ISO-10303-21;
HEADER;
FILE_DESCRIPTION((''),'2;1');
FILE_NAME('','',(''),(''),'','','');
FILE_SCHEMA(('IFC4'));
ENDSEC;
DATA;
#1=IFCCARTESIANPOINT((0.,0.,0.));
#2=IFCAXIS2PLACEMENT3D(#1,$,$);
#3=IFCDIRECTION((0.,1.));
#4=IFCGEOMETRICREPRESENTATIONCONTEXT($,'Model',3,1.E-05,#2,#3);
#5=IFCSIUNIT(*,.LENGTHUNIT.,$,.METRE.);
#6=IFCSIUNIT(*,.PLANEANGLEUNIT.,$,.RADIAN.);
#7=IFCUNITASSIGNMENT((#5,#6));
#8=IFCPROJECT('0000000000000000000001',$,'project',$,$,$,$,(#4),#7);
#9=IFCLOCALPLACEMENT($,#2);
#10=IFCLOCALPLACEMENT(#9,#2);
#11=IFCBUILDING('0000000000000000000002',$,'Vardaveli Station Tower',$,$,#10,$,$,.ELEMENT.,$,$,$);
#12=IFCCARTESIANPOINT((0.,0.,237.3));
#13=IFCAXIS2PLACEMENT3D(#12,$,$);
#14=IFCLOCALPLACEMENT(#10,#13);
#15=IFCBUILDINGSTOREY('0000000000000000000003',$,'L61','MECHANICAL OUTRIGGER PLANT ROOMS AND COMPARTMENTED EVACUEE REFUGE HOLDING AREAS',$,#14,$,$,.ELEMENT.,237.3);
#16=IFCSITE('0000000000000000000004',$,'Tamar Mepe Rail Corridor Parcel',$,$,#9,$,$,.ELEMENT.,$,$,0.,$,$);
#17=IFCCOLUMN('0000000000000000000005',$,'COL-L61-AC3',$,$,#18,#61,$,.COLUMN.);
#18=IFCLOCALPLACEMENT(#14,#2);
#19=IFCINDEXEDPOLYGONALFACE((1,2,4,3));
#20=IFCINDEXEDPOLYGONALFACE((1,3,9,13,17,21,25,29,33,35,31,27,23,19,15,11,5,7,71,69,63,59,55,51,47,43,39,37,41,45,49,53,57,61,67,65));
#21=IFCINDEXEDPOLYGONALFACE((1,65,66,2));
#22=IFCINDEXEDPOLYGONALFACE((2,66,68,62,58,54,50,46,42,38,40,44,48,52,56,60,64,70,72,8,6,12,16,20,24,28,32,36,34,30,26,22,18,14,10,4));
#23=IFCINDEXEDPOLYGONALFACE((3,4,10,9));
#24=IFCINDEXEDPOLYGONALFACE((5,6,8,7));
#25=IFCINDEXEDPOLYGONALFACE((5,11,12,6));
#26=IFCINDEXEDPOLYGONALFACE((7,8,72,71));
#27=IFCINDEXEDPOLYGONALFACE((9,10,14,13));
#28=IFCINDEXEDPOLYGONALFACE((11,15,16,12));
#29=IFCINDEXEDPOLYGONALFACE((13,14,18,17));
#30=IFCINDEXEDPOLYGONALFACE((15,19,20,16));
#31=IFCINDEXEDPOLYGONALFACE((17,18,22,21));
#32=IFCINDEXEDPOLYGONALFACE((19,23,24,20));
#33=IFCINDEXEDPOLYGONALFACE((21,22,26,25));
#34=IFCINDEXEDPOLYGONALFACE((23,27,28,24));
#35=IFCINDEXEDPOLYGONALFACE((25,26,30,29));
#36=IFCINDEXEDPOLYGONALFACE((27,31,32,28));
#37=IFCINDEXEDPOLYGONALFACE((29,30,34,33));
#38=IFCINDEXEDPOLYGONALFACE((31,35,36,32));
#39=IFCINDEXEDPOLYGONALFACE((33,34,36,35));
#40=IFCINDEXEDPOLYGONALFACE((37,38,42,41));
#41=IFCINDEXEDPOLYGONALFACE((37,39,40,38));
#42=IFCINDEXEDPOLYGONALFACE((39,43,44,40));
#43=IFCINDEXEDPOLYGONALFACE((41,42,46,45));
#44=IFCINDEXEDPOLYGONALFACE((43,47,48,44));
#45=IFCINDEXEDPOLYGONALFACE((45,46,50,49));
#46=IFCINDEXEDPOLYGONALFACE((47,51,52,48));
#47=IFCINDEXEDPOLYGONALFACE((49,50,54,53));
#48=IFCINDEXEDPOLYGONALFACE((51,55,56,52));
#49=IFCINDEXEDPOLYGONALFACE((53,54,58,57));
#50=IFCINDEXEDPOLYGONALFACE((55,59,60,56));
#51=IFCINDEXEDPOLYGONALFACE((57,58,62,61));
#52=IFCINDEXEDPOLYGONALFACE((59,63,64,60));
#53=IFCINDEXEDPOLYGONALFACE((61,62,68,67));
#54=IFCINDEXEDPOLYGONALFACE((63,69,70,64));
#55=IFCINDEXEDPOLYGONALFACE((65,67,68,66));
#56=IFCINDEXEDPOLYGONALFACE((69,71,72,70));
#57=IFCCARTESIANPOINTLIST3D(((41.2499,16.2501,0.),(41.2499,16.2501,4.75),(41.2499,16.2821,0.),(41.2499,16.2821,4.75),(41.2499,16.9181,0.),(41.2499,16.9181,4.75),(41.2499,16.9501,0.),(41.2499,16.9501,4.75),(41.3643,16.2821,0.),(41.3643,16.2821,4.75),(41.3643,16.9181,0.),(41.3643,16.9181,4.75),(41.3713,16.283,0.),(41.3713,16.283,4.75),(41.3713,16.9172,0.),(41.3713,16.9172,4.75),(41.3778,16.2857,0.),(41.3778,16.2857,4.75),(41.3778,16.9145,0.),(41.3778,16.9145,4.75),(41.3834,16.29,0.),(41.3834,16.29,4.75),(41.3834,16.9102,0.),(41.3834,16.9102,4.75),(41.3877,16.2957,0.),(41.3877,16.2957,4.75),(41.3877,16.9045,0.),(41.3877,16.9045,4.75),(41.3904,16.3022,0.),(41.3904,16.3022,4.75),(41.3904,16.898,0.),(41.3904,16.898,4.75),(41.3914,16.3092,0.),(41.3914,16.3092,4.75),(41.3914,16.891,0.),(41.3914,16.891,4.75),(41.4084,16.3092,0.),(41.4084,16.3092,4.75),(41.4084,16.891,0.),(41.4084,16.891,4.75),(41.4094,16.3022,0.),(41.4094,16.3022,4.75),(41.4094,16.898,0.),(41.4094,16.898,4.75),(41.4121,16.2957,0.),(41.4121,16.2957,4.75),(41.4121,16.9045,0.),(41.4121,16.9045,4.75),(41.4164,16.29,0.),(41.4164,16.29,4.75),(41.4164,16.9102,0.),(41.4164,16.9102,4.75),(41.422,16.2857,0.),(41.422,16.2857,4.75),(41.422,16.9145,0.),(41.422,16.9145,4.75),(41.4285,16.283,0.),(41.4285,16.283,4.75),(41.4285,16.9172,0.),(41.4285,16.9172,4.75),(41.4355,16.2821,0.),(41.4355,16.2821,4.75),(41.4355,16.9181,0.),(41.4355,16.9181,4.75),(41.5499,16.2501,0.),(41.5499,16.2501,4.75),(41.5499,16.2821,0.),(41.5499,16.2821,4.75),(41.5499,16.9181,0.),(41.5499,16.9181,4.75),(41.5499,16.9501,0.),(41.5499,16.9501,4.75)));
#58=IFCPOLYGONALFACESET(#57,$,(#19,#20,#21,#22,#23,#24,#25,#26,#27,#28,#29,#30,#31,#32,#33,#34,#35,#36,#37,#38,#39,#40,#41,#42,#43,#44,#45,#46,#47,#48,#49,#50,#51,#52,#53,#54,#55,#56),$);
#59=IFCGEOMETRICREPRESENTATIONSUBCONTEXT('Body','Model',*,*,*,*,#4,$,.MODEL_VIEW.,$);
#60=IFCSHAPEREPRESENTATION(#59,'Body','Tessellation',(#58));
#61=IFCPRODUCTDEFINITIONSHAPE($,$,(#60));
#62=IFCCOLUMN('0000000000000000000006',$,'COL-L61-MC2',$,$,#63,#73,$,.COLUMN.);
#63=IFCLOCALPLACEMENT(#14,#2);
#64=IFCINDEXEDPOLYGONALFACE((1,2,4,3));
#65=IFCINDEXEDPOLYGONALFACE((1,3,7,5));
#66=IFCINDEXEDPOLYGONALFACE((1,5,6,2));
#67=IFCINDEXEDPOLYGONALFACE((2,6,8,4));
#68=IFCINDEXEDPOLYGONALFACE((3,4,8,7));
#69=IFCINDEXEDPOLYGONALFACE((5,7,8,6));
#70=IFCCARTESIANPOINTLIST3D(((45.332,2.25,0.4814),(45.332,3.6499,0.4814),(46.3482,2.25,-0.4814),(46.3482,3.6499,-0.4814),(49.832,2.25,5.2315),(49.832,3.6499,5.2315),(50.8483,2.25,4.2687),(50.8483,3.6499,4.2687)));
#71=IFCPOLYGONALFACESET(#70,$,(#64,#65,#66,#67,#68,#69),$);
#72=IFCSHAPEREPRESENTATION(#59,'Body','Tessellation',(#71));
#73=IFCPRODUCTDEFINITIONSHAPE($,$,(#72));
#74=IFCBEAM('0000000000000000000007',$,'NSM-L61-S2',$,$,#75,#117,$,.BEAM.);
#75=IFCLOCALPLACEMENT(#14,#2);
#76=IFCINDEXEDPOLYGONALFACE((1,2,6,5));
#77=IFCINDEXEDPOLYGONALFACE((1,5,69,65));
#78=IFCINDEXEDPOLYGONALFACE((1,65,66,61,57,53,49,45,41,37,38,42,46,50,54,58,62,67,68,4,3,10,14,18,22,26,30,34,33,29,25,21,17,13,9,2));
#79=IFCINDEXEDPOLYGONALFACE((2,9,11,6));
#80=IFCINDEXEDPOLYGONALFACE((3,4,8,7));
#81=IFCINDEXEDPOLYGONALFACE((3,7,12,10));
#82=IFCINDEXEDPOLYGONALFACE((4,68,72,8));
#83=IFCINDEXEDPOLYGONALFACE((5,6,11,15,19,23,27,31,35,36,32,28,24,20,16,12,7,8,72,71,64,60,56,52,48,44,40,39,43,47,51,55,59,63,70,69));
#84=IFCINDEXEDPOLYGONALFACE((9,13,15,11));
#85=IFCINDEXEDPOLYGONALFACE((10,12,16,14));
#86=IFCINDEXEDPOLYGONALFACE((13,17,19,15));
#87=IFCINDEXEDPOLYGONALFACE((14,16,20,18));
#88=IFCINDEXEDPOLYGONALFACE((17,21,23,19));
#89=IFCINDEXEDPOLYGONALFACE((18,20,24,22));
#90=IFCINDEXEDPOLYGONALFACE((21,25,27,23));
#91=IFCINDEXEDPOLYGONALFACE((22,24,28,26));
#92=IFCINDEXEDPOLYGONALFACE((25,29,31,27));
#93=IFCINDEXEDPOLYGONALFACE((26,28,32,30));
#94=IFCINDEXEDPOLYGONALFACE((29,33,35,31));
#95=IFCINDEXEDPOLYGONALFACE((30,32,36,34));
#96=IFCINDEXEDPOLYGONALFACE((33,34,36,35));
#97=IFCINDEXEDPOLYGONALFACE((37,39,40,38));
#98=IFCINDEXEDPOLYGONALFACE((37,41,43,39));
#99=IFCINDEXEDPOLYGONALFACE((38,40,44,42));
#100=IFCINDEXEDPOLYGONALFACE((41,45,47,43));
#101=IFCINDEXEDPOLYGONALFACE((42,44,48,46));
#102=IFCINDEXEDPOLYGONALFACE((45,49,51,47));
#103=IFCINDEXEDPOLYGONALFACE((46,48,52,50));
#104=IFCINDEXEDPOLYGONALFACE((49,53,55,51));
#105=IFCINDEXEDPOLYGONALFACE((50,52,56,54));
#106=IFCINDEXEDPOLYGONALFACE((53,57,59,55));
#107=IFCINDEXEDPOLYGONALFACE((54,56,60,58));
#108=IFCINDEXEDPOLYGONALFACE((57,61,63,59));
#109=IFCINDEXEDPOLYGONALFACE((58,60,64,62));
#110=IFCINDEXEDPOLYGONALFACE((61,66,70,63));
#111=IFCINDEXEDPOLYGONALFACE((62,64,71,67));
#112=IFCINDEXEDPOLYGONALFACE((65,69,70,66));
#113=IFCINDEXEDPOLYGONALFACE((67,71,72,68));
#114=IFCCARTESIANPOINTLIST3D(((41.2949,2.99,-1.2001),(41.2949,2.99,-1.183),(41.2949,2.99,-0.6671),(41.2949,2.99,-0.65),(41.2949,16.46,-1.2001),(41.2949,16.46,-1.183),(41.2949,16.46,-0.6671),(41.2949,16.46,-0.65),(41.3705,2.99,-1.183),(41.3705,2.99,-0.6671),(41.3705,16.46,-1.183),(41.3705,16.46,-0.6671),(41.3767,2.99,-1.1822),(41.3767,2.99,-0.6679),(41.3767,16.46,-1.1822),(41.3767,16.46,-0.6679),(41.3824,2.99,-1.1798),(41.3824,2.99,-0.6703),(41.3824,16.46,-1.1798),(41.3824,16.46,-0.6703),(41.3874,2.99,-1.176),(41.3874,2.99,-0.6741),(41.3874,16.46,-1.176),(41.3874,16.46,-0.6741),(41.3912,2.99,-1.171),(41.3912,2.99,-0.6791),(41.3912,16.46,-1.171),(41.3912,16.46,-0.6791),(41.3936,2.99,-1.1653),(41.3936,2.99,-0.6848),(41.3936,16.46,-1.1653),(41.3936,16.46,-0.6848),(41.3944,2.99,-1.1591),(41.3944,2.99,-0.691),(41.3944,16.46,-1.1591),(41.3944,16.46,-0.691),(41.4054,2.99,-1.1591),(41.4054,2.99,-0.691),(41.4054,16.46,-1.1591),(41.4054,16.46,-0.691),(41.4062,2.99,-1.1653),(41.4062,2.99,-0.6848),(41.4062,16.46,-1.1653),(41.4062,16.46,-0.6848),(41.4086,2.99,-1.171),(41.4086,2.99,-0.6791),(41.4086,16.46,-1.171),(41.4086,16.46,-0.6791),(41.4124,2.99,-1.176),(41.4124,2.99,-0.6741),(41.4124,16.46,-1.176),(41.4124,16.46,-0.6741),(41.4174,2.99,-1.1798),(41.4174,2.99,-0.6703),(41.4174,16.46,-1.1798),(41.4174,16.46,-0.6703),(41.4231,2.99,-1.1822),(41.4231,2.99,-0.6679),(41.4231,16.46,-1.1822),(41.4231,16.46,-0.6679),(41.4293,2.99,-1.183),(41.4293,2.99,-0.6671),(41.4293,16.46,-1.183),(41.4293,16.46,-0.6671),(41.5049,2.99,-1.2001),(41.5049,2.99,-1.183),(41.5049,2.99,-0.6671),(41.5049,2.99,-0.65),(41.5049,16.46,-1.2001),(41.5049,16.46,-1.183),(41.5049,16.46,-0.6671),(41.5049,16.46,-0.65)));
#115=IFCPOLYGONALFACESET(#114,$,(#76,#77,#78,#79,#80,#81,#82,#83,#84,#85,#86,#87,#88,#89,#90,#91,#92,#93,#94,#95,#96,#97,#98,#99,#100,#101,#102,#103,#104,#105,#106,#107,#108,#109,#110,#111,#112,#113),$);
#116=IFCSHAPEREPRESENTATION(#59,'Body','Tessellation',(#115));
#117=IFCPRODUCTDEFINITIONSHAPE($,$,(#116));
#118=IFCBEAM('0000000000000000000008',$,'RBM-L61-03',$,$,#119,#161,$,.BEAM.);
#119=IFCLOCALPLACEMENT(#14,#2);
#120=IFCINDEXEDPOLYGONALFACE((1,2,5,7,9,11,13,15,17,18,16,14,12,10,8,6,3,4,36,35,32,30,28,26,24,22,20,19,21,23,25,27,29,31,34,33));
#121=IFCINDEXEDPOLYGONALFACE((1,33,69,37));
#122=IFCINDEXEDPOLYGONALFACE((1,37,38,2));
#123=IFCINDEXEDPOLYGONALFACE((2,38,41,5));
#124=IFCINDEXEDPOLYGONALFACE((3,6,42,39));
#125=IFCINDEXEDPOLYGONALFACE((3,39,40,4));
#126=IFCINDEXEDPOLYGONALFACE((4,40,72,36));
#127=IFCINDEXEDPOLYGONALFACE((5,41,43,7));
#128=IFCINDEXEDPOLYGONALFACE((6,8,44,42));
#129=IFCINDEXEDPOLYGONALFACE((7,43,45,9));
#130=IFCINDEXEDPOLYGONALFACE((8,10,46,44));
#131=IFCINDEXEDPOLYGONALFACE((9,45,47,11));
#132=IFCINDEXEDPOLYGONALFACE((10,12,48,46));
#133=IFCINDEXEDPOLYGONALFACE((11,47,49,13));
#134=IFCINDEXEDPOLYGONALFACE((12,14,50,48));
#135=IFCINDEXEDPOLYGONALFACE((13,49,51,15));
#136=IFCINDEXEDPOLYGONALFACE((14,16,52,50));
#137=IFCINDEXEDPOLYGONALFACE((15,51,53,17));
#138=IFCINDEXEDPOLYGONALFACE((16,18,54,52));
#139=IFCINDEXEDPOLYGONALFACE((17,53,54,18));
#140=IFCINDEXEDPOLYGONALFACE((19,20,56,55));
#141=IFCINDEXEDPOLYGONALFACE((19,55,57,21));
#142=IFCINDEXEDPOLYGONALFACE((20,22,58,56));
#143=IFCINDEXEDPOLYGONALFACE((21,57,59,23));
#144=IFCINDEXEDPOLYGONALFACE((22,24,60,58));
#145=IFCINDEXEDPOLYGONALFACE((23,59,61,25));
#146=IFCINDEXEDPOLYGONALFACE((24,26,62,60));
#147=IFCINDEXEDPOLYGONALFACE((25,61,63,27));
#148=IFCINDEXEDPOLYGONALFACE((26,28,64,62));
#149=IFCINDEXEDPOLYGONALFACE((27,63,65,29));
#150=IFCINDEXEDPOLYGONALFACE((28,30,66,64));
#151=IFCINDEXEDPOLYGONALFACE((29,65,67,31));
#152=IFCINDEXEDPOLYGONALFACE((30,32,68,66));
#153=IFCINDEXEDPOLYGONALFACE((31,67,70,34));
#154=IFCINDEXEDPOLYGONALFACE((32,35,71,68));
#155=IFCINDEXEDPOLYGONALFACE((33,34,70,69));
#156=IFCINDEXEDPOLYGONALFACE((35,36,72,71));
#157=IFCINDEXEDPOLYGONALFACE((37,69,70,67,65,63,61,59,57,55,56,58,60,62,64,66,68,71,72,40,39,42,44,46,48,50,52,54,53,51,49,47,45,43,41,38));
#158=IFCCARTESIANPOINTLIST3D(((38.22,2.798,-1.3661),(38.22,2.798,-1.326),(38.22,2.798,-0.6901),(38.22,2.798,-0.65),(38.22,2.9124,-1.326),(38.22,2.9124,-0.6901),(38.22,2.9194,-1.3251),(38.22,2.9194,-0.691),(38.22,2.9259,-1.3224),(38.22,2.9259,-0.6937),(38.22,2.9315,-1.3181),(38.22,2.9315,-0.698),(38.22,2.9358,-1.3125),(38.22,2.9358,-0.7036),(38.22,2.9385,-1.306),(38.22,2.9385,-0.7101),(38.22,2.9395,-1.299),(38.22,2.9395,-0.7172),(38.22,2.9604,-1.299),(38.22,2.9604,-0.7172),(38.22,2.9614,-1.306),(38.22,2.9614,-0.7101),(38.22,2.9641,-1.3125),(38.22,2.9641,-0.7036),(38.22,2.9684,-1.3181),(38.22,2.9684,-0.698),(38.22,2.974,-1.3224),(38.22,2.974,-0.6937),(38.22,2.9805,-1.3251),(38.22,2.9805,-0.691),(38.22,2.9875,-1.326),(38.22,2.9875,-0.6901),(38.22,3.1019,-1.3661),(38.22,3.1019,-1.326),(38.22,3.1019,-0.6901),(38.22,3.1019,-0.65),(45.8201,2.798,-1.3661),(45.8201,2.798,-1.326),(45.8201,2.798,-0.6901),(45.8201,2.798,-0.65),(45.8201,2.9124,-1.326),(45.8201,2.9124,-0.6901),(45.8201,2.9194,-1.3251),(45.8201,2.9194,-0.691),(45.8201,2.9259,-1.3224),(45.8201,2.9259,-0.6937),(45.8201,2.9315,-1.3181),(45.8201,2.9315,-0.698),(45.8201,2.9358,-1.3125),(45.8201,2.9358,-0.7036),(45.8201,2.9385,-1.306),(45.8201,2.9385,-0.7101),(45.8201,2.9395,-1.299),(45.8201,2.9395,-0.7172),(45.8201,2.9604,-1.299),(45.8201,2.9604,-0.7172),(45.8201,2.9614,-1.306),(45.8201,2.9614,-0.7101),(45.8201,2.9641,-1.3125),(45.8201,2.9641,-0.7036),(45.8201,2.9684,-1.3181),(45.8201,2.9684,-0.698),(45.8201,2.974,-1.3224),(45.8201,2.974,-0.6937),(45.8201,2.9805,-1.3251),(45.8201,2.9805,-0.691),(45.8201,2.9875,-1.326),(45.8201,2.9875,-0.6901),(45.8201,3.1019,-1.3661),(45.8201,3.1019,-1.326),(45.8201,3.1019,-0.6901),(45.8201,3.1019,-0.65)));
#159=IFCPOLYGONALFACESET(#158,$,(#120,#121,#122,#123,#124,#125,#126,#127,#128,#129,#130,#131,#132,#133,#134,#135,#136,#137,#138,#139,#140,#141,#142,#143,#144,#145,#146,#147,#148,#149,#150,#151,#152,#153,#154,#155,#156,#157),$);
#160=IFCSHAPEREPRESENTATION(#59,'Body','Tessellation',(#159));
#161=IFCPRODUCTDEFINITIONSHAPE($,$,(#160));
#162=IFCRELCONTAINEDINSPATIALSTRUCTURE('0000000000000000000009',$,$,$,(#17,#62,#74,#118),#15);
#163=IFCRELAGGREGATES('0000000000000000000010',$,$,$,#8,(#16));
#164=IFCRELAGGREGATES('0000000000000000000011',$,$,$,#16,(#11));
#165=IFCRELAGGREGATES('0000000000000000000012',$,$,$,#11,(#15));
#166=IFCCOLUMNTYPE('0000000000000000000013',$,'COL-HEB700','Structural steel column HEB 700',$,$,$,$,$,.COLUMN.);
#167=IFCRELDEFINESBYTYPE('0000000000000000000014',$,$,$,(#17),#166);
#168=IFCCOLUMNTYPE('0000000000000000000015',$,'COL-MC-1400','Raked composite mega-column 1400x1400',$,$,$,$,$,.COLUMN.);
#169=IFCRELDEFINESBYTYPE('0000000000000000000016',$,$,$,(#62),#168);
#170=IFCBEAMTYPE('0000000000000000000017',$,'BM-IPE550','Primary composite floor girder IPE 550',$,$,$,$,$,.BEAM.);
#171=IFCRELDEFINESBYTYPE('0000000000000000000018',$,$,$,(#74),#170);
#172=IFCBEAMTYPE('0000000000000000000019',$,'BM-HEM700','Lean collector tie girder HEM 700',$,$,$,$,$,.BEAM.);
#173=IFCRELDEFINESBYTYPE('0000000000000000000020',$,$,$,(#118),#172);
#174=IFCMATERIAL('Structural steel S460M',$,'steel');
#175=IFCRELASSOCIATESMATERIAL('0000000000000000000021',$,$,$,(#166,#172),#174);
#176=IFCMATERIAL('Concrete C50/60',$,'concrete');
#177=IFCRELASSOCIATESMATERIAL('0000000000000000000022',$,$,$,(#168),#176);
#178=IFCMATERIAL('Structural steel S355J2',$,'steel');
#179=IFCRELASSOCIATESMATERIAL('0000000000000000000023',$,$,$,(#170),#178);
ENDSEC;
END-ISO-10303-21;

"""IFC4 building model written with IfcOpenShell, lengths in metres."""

from ifc_helpers import new_model, si_unit, direction, frame, origin, origin_2d, place, context, subcontext, project, spatial, rectangle, i_section, extrude, source, transform, mapped, material, material_profile, profile_set, type_object, element, save


model = new_model("IFC4")

# Units and contexts
model_context = context("Model", 3, precision=1e-05, world=origin(), true_north=direction((0.0, 1.0)))
body_context = subcontext(model_context, "Body", "Model", "MODEL_VIEW")
ifc_project = project(units=[si_unit("LENGTHUNIT", "METRE"), si_unit("PLANEANGLEUNIT", "RADIAN")], contexts=[model_context])

# Site, building, storey
site_placement = place(None, origin())
site = spatial("IfcSite", under=ifc_project, at=site_placement, Name="Tamar Mepe Rail Corridor Parcel", CompositionType="ELEMENT", RefElevation=0.0)
building_placement = place(site_placement, origin())
building = spatial("IfcBuilding", under=site, at=building_placement, Name="Vardaveli Station Tower", CompositionType="ELEMENT")
storey_placement = place(building_placement, frame((0.0, 0.0, 237.3)))
storey = spatial("IfcBuildingStorey", under=building, at=storey_placement, Name="L61", Description="MECHANICAL OUTRIGGER PLANT ROOMS AND COMPARTMENTED EVACUEE REFUGE HOLDING AREAS", CompositionType="ELEMENT", Elevation=237.3)

# Columns
ifc_material_1 = material(Name="Structural steel S460M", Category="steel")
ifc_material_profile_1 = material_profile(ifc_material_1, i_section(OverallWidth=0.3, OverallDepth=0.7, WebThickness=0.0171, FlangeThickness=0.032, FilletRadius=0.0271, at=origin_2d()), Name="HEB 700")
ifc_profile_set_1 = profile_set([ifc_material_profile_1], Name="Structural steel S460M")
column_type_1 = type_object("IfcColumnType", Name="COL-HEB700", Description="Structural steel column HEB 700", PredefinedType="COLUMN", material=ifc_profile_set_1)
shared_shape_1 = source(origin(), body_context, "Body", "SweptSolid", [
    extrude(i_section(OverallWidth=0.3, OverallDepth=0.7, WebThickness=0.0171, FlangeThickness=0.032, FilletRadius=0.0271, at=origin_2d()), origin(), (0.0, 0.0, 1.0), 4.75),
])
column_1_placement = place(storey_placement, frame((41.3999, 16.6001, 0.0), z_axis=(0.0, 0.0, 1.0), x_axis=(1.0, 0.0, 0.0)))
element("IfcColumn", 1, at=column_1_placement, inside=storey, type_object=column_type_1, Name="COL-L61-AC3", PredefinedType="COLUMN", context=body_context, shape_type="MappedRepresentation", body=[
    mapped(shared_shape_1, transform((0.0, 0.0, 0.0), scale=1.0)),
])
ifc_material_2 = material(Name="Concrete C50/60", Category="concrete")
ifc_material_profile_2 = material_profile(ifc_material_2, rectangle(XDim=1.3999, YDim=1.3999, at=origin_2d()), Name="MC 1400x1400")
ifc_profile_set_2 = profile_set([ifc_material_profile_2], Name="Concrete C50/60")
column_type_2 = type_object("IfcColumnType", Name="COL-MC-1400", Description="Raked composite mega-column 1400x1400", PredefinedType="COLUMN", material=ifc_profile_set_2)
shared_shape_2 = source(origin(), body_context, "Body", "SweptSolid", [
    extrude(rectangle(XDim=1.3999, YDim=1.3999, at=origin_2d()), origin(), (0.0, 0.0, 1.0), 6.5432),
])
column_2_placement = place(storey_placement, frame((45.8401, 2.95, 0.0), z_axis=(0.687745, 0.0, 0.725953), x_axis=(0.0, 1.0, 0.0)))
element("IfcColumn", 2, at=column_2_placement, inside=storey, type_object=column_type_2, Name="COL-L61-MC2", PredefinedType="COLUMN", context=body_context, shape_type="MappedRepresentation", body=[
    mapped(shared_shape_2, transform((0.0, 0.0, 0.0), scale=1.0)),
])

# Beams
ifc_material_3 = material(Name="Structural steel S355J2", Category="steel")
ifc_material_profile_3 = material_profile(ifc_material_3, i_section(OverallWidth=0.21, OverallDepth=0.55, WebThickness=0.011, FlangeThickness=0.0171, FilletRadius=0.0239, at=origin_2d()), Name="IPE 550")
ifc_profile_set_3 = profile_set([ifc_material_profile_3], Name="Structural steel S355J2")
beam_type_1 = type_object("IfcBeamType", Name="BM-IPE550", Description="Primary composite floor girder IPE 550", PredefinedType="BEAM", material=ifc_profile_set_3)
shared_shape_3 = source(origin(), body_context, "Body", "SweptSolid", [
    extrude(i_section(OverallWidth=0.21, OverallDepth=0.55, WebThickness=0.011, FlangeThickness=0.0171, FilletRadius=0.0239, at=origin_2d()), origin(), (0.0, 0.0, 1.0), 13.47),
])
beam_1_placement = place(storey_placement, frame((41.3999, 2.99, -0.925), z_axis=(0.0, 1.0, 0.0), x_axis=(-1.0, 0.0, 0.0)))
element("IfcBeam", 3, at=beam_1_placement, inside=storey, type_object=beam_type_1, Name="NSM-L61-S2", PredefinedType="BEAM", context=body_context, shape_type="MappedRepresentation", body=[
    mapped(shared_shape_3, transform((0.0, 0.0, 0.0), scale=1.0)),
])
ifc_material_profile_4 = material_profile(ifc_material_1, i_section(OverallWidth=0.304, OverallDepth=0.7161, WebThickness=0.021, FlangeThickness=0.04, FilletRadius=0.0271, at=origin_2d()), Name="HEM 700")
ifc_profile_set_4 = profile_set([ifc_material_profile_4], Name="Structural steel S460M")
beam_type_2 = type_object("IfcBeamType", Name="BM-HEM700", Description="Lean collector tie girder HEM 700", PredefinedType="BEAM", material=ifc_profile_set_4)
shared_shape_4 = source(origin(), body_context, "Body", "SweptSolid", [
    extrude(i_section(OverallWidth=0.304, OverallDepth=0.7161, WebThickness=0.021, FlangeThickness=0.04, FilletRadius=0.0271, at=origin_2d()), origin(), (0.0, 0.0, 1.0), 7.6001),
])
beam_2_placement = place(storey_placement, frame((38.22, 2.95, -1.0081), z_axis=(1.0, 0.0, 0.0), x_axis=(0.0, 1.0, 0.0)))
element("IfcBeam", 4, at=beam_2_placement, inside=storey, type_object=beam_type_2, Name="RBM-L61-03", PredefinedType="BEAM", context=body_context, shape_type="MappedRepresentation", body=[
    mapped(shared_shape_4, transform((0.0, 0.0, 0.0), scale=1.0)),
])

save(model, "model.ifc")
